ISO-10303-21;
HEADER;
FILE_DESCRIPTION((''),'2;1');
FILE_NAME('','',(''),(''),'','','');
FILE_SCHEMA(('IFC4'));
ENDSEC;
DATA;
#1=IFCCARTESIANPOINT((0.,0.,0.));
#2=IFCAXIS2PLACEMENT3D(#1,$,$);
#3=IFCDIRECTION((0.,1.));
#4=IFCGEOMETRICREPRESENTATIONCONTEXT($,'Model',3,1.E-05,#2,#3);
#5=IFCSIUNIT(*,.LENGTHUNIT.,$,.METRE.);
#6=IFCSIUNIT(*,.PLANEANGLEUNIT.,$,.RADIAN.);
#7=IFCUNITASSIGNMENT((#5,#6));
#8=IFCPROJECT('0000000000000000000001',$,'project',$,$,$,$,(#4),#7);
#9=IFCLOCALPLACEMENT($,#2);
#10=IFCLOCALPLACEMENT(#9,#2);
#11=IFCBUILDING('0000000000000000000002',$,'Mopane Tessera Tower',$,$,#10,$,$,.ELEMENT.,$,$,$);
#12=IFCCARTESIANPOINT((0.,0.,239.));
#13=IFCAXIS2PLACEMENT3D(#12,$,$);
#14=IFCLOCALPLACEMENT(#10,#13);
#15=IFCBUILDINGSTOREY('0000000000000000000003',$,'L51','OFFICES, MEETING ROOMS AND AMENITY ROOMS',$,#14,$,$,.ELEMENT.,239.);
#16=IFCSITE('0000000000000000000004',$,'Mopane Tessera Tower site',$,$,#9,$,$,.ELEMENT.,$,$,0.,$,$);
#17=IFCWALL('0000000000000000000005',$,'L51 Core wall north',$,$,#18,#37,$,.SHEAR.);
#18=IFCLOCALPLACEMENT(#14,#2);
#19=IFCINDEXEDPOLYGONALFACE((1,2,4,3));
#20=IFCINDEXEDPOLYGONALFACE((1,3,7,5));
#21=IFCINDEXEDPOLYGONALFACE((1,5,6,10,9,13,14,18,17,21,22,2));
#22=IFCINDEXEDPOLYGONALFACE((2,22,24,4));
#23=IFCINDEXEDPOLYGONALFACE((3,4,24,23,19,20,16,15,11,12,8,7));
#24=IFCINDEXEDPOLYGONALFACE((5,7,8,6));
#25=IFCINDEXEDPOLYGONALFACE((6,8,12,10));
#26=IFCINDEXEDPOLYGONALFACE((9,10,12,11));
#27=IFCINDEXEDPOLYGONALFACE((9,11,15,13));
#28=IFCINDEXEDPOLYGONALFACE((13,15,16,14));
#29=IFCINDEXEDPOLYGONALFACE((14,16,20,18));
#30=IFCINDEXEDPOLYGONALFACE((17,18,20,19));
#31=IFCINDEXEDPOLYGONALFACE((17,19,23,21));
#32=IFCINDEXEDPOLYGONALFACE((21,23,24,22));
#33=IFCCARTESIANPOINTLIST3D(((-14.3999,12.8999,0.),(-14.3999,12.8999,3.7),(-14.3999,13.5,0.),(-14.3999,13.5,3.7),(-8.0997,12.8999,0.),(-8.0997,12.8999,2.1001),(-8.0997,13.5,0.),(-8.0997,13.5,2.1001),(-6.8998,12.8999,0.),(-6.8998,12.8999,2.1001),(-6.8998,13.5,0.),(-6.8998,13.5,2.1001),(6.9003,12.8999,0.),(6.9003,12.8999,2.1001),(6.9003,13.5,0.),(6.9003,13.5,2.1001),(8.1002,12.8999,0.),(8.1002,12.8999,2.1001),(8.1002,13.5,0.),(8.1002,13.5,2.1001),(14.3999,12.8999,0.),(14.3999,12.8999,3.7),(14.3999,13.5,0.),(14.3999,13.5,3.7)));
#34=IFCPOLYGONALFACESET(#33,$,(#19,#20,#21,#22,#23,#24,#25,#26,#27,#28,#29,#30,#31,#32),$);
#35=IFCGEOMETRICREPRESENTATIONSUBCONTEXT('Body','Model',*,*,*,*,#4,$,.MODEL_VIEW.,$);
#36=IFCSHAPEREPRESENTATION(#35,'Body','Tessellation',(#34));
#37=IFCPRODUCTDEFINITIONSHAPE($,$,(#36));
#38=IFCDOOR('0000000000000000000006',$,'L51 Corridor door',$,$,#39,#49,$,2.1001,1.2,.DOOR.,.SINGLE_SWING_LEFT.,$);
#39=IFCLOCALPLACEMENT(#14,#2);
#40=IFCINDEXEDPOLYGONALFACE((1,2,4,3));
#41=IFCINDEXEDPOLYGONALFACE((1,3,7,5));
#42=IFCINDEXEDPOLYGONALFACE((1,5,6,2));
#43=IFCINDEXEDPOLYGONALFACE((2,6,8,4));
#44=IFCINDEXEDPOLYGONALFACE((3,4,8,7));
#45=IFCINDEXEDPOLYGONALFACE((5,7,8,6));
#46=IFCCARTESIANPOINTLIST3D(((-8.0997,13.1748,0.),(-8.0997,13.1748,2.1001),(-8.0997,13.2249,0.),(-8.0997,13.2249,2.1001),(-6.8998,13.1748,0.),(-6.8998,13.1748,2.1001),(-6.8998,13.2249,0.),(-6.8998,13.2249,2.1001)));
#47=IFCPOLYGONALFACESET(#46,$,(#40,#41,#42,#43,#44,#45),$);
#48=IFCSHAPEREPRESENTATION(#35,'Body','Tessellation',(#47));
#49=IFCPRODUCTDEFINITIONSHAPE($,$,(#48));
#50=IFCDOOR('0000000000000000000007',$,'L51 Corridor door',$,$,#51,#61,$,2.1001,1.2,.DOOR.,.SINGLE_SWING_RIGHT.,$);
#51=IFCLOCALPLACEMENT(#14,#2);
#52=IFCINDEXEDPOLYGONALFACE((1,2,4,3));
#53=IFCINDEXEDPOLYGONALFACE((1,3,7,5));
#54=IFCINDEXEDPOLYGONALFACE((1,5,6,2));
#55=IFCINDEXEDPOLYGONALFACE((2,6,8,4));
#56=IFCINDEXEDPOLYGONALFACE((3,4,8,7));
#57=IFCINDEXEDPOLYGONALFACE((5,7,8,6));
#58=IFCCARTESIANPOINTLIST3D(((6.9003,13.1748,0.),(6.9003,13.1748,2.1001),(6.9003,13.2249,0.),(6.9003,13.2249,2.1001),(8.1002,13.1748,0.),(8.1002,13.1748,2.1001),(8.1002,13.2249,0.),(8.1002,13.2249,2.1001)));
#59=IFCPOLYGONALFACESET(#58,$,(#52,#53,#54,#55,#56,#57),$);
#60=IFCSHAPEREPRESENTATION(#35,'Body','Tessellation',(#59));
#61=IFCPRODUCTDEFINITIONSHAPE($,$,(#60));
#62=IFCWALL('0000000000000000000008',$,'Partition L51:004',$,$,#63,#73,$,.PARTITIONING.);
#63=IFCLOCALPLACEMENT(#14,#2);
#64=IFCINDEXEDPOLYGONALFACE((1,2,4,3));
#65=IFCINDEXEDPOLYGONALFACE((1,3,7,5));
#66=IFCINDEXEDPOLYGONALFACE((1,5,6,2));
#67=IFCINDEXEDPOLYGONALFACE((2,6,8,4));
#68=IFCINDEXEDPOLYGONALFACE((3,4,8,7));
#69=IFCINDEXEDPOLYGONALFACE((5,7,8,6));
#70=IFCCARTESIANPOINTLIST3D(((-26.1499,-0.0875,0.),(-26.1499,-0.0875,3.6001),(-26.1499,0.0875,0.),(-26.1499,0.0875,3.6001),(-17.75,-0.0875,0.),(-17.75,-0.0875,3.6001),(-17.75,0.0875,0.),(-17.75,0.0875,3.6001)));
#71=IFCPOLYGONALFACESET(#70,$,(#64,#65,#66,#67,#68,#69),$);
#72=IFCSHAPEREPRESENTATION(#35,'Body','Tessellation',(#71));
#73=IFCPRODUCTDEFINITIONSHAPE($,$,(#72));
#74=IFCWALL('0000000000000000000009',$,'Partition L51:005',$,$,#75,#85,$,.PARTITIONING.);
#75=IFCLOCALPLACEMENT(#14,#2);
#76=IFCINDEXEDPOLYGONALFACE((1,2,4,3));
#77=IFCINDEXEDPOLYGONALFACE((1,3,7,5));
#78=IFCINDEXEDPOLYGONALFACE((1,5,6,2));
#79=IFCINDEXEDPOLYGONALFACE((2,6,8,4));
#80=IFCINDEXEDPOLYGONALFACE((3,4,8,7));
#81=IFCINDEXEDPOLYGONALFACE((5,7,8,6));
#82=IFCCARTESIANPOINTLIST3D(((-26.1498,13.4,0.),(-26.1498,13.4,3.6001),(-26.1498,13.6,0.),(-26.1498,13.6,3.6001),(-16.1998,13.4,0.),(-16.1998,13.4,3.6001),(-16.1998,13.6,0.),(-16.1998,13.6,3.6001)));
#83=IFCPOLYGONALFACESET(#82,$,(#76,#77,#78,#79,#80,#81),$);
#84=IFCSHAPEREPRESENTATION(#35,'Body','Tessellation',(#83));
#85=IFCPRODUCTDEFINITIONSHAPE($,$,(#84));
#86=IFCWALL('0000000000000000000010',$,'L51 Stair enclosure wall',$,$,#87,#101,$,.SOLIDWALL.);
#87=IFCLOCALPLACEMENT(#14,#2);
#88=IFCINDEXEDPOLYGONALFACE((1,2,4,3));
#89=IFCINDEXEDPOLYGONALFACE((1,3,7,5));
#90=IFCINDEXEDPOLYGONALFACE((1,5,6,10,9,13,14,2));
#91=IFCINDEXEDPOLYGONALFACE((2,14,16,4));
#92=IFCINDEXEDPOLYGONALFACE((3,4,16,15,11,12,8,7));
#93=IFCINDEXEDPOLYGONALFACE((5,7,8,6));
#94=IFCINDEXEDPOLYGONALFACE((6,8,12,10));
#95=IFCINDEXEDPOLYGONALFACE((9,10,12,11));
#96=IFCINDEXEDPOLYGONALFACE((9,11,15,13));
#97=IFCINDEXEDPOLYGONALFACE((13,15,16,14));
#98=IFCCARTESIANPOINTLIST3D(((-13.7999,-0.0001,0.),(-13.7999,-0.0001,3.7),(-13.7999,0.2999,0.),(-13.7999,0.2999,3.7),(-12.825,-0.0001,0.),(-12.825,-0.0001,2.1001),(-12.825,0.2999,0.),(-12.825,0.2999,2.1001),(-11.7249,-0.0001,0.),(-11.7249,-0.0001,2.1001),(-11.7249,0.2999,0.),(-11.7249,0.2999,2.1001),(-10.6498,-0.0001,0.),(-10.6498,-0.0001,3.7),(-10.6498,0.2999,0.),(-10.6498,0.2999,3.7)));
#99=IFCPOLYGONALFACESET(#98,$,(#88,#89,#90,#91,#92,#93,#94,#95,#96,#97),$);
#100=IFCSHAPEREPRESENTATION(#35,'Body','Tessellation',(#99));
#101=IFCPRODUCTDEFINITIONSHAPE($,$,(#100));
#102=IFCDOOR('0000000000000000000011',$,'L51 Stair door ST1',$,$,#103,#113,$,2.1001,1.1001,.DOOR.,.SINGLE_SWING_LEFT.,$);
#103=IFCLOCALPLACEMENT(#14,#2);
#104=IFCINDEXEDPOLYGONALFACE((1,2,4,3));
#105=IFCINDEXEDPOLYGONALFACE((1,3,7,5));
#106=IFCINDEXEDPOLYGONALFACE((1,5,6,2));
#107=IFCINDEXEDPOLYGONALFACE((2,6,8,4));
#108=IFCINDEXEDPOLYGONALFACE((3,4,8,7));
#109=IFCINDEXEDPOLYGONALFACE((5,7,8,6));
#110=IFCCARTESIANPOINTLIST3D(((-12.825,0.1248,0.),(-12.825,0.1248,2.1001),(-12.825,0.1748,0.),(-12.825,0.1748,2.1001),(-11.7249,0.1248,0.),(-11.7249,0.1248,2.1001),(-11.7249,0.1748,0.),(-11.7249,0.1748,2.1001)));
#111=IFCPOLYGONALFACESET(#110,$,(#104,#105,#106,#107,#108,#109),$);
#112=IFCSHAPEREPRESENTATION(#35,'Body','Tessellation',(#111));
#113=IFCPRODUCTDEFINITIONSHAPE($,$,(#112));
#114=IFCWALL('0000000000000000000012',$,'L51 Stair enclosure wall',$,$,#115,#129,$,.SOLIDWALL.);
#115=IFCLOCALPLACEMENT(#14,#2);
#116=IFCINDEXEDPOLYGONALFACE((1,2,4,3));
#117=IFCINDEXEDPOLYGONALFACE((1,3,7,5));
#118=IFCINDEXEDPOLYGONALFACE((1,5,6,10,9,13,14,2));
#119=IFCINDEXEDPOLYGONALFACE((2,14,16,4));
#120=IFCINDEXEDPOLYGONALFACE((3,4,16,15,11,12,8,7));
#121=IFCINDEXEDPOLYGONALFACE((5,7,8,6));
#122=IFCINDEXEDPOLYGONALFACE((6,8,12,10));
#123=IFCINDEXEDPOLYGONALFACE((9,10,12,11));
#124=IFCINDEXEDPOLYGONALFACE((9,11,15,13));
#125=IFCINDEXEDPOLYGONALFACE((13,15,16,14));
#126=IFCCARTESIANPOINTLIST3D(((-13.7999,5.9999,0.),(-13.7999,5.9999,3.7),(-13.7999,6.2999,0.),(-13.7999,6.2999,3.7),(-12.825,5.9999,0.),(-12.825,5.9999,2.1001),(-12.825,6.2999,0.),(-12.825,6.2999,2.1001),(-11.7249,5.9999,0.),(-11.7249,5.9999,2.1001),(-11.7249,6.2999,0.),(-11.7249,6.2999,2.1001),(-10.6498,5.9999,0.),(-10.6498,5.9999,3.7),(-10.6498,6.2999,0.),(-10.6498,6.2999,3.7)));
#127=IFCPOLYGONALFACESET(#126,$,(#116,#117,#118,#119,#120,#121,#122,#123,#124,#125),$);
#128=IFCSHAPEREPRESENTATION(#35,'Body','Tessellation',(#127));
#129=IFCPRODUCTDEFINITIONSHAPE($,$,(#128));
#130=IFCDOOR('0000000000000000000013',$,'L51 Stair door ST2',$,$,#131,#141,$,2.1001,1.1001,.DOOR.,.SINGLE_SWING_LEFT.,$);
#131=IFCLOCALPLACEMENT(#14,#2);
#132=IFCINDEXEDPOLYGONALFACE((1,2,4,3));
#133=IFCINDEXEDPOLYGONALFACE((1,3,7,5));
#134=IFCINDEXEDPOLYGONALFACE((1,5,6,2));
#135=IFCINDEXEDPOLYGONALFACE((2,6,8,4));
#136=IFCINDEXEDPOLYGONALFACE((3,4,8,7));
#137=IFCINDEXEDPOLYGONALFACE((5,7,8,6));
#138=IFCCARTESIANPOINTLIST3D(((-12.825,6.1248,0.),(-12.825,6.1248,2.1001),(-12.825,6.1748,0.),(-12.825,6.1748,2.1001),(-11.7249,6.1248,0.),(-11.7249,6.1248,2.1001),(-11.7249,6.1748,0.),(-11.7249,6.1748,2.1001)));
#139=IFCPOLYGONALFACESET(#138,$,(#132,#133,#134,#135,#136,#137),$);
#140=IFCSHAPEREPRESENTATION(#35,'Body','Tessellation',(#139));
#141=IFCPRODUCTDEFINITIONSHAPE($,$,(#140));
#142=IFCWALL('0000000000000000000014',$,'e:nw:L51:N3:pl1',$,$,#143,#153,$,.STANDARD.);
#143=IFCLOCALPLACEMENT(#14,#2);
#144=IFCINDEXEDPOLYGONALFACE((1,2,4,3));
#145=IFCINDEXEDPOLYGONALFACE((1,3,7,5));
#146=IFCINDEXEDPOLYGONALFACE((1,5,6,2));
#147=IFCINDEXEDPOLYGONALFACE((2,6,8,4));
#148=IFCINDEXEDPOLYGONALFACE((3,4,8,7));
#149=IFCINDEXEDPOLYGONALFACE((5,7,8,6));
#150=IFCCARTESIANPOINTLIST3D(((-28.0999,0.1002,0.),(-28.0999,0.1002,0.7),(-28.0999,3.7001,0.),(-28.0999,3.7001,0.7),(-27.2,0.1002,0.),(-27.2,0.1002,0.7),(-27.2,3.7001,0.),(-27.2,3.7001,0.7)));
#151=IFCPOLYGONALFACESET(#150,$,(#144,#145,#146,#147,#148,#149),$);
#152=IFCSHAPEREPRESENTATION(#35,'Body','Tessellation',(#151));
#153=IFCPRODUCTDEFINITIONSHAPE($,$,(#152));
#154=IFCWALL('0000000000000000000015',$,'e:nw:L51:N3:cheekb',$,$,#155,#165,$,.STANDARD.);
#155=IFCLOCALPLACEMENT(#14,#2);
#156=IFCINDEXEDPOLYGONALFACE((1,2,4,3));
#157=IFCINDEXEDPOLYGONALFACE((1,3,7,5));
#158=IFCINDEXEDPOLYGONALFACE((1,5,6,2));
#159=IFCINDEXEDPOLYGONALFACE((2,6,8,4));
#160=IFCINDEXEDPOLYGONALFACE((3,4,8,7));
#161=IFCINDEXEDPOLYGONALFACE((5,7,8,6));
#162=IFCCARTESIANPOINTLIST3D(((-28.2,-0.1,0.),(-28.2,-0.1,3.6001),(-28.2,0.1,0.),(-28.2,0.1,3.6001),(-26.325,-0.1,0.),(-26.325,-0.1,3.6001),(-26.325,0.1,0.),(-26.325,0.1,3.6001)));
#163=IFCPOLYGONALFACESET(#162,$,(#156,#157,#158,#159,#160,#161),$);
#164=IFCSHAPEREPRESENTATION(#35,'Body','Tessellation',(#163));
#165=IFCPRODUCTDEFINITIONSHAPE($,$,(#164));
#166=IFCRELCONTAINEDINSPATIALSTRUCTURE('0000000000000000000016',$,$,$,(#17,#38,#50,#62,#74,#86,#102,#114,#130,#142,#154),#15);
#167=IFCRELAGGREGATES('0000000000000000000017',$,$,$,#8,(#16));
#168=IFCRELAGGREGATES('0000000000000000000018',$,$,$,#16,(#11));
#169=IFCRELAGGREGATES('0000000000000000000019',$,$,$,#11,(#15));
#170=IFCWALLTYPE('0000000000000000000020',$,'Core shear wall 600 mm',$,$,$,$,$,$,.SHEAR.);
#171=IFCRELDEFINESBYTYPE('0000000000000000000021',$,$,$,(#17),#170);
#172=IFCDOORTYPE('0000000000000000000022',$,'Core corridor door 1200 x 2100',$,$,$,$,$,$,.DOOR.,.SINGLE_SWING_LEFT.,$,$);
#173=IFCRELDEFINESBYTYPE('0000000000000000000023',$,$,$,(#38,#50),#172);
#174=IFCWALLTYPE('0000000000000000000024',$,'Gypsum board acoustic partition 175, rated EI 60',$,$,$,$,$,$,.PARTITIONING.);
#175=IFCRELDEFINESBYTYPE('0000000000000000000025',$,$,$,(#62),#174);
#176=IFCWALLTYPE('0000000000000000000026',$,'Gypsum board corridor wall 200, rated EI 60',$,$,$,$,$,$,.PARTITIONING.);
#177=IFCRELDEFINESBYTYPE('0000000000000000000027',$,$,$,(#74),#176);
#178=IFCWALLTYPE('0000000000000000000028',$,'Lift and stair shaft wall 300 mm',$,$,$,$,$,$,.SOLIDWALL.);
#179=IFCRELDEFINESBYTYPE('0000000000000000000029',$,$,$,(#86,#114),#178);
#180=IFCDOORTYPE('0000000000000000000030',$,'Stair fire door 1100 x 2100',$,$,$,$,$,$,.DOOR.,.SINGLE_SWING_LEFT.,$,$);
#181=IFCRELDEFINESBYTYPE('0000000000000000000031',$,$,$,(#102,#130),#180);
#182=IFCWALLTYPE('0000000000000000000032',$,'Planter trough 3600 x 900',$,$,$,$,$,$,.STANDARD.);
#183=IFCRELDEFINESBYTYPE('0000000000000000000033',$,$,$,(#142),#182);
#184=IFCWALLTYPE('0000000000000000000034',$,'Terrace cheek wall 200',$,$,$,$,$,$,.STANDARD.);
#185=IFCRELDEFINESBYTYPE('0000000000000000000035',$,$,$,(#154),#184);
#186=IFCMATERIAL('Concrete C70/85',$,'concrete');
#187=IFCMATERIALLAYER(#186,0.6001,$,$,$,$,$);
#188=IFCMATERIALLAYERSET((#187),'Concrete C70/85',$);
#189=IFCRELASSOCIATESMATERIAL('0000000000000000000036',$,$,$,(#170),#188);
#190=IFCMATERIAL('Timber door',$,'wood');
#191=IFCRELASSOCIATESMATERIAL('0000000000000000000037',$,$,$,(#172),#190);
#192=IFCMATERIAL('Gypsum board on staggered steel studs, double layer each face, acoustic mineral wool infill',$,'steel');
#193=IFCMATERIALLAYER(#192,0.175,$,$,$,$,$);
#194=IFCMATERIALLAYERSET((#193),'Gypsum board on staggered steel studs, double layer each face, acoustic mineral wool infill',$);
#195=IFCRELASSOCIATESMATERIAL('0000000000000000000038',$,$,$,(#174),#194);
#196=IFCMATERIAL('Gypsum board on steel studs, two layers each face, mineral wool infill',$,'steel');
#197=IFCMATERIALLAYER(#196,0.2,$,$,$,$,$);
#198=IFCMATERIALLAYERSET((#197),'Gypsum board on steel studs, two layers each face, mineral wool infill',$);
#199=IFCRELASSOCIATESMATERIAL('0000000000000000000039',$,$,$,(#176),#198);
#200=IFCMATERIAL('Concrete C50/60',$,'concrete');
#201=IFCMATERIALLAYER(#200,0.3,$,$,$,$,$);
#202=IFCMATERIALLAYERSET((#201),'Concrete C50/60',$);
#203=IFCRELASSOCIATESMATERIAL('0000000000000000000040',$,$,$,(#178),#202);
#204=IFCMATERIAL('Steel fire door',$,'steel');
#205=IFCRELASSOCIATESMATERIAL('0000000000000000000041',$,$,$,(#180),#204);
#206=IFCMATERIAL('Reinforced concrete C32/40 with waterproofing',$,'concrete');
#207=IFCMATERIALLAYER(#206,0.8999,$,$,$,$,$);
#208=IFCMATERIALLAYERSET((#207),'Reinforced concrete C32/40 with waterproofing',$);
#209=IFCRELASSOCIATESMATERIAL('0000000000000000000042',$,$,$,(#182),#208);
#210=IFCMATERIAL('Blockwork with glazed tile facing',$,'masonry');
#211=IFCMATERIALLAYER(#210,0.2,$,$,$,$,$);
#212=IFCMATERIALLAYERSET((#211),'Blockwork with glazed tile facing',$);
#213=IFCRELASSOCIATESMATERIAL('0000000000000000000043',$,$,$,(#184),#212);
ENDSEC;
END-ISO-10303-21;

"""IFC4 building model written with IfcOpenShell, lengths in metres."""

from ifc_helpers import new_model, si_unit, direction, frame, frame_2d, origin, place, context, subcontext, project, spatial, rectangle, extrude, material, layer, layer_set, type_object, element, fill, save


model = new_model("IFC4")

# Units and contexts
model_context = context("Model", 3, precision=1e-05, world=origin(), true_north=direction((0.0, 1.0)))
body_context = subcontext(model_context, "Body", "Model", "MODEL_VIEW")
ifc_project = project(units=[si_unit("LENGTHUNIT", "METRE"), si_unit("PLANEANGLEUNIT", "RADIAN")], contexts=[model_context])

# Site, building, storey
site_placement = place(None, origin())
site = spatial("IfcSite", under=ifc_project, at=site_placement, Name="Mopane Tessera Tower site", CompositionType="ELEMENT", RefElevation=0.0)
building_placement = place(site_placement, origin())
building = spatial("IfcBuilding", under=site, at=building_placement, Name="Mopane Tessera Tower", CompositionType="ELEMENT")
storey_placement = place(building_placement, frame((0.0, 0.0, 239.0)))
storey = spatial("IfcBuildingStorey", under=building, at=storey_placement, Name="L51", Description="OFFICES, MEETING ROOMS AND AMENITY ROOMS", CompositionType="ELEMENT", Elevation=239.0)

# Wall, openings, doors
ifc_material_1 = material(Name="Concrete C70/85", Category="concrete")
ifc_layer_1 = layer(ifc_material_1, 0.6001)
ifc_layer_set_1 = layer_set([ifc_layer_1], Name="Concrete C70/85")
wall_type_1 = type_object("IfcWallType", Name="Core shear wall 600 mm", PredefinedType="SHEAR", material=ifc_layer_set_1)
wall_1_placement = place(storey_placement, frame((-14.3999, 13.2, 0.0), z_axis=(0.0, 0.0, 1.0), x_axis=(1.0, 0.0, 0.0)))
wall_1 = element("IfcWall", 1, at=wall_1_placement, inside=storey, type_object=wall_type_1, Name="L51 Core wall north", PredefinedType="SHEAR", context=body_context, shape_type="SweptSolid", body=[
    extrude(rectangle(XDim=28.7998, YDim=0.6001, at=frame_2d((14.3999, 0.0))), origin(), (0.0, 0.0, 1.0), 3.7),
])
opening_1_placement = place(wall_1_placement, frame((6.3, 0.0, 0.0)))
opening_1 = element("IfcOpeningElement", 2, at=opening_1_placement, cuts=wall_1, PredefinedType="OPENING", context=body_context, shape_type="SweptSolid", body=[
    extrude(rectangle(XDim=1.2, YDim=2.1001, at=frame_2d((0.6001, 1.05))), frame((0.0, 0.312, 0.0), z_axis=(0.0, -1.0, 0.0), x_axis=(1.0, 0.0, 0.0)), (0.0, 0.0, 1.0), 0.624),
])
opening_2_placement = place(wall_1_placement, frame((21.3, 0.0, 0.0)))
opening_2 = element("IfcOpeningElement", 3, at=opening_2_placement, cuts=wall_1, PredefinedType="OPENING", context=body_context, shape_type="SweptSolid", body=[
    extrude(rectangle(XDim=1.2, YDim=2.1001, at=frame_2d((0.6001, 1.05))), frame((0.0, 0.312, 0.0), z_axis=(0.0, -1.0, 0.0), x_axis=(1.0, 0.0, 0.0)), (0.0, 0.0, 1.0), 0.624),
])
ifc_material_2 = material(Name="Timber door", Category="wood")
door_type_1 = type_object("IfcDoorType", Name="Core corridor door 1200 x 2100", OperationType="SINGLE_SWING_LEFT", PredefinedType="DOOR", material=ifc_material_2)
door_1_placement = place(opening_1_placement, origin())
door_1 = element("IfcDoor", 4, at=door_1_placement, inside=storey, type_object=door_type_1, Name="L51 Corridor door", OperationType="SINGLE_SWING_LEFT", OverallHeight=2.1001, OverallWidth=1.2, PredefinedType="DOOR", context=body_context, shape_type="SweptSolid", body=[
    extrude(rectangle(XDim=1.2, YDim=2.1001, at=frame_2d((0.6001, 1.05))), frame((0.0, 0.0249, 0.0), z_axis=(0.0, -1.0, 0.0), x_axis=(1.0, 0.0, 0.0)), (0.0, 0.0, 1.0), 0.05),
])
fill(opening_1, door_1)
door_2_placement = place(opening_2_placement, origin())
door_2 = element("IfcDoor", 5, at=door_2_placement, inside=storey, type_object=door_type_1, Name="L51 Corridor door", OperationType="SINGLE_SWING_RIGHT", OverallHeight=2.1001, OverallWidth=1.2, PredefinedType="DOOR", context=body_context, shape_type="SweptSolid", body=[
    extrude(rectangle(XDim=1.2, YDim=2.1001, at=frame_2d((0.6001, 1.05))), frame((0.0, 0.0249, 0.0), z_axis=(0.0, -1.0, 0.0), x_axis=(1.0, 0.0, 0.0)), (0.0, 0.0, 1.0), 0.05),
])
fill(opening_2, door_2)

# Walls
ifc_material_3 = material(Name="Gypsum board on staggered steel studs, double layer each face, acoustic mineral wool infill", Category="steel")
ifc_layer_2 = layer(ifc_material_3, 0.175)
ifc_layer_set_2 = layer_set([ifc_layer_2], Name="Gypsum board on staggered steel studs, double layer each face, acoustic mineral wool infill")
wall_type_2 = type_object("IfcWallType", Name="Gypsum board acoustic partition 175, rated EI 60", PredefinedType="PARTITIONING", material=ifc_layer_set_2)
wall_2_placement = place(storey_placement, frame((-26.1499, 0.0, 0.0), z_axis=(0.0, 0.0, 1.0), x_axis=(1.0, 0.0, 0.0)))
element("IfcWall", 6, at=wall_2_placement, inside=storey, type_object=wall_type_2, Name="Partition L51:004", PredefinedType="PARTITIONING", context=body_context, shape_type="SweptSolid", body=[
    extrude(rectangle(XDim=8.3999, YDim=0.175, at=frame_2d((4.2, 0.0))), origin(), (0.0, 0.0, 1.0), 3.6001),
])
ifc_material_4 = material(Name="Gypsum board on steel studs, two layers each face, mineral wool infill", Category="steel")
ifc_layer_3 = layer(ifc_material_4, 0.2)
ifc_layer_set_3 = layer_set([ifc_layer_3], Name="Gypsum board on steel studs, two layers each face, mineral wool infill")
wall_type_3 = type_object("IfcWallType", Name="Gypsum board corridor wall 200, rated EI 60", PredefinedType="PARTITIONING", material=ifc_layer_set_3)
wall_3_placement = place(storey_placement, frame((-26.1499, 13.5, 0.0), z_axis=(0.0, 0.0, 1.0), x_axis=(1.0, 0.0, 0.0)))
element("IfcWall", 7, at=wall_3_placement, inside=storey, type_object=wall_type_3, Name="Partition L51:005", PredefinedType="PARTITIONING", context=body_context, shape_type="SweptSolid", body=[
    extrude(rectangle(XDim=9.95, YDim=0.2, at=frame_2d((4.9751, 0.0))), origin(), (0.0, 0.0, 1.0), 3.6001),
])

# Walls, openings, doors
ifc_material_5 = material(Name="Concrete C50/60", Category="concrete")
ifc_layer_4 = layer(ifc_material_5, 0.3)
ifc_layer_set_4 = layer_set([ifc_layer_4], Name="Concrete C50/60")
wall_type_4 = type_object("IfcWallType", Name="Lift and stair shaft wall 300 mm", PredefinedType="SOLIDWALL", material=ifc_layer_set_4)
wall_4_placement = place(storey_placement, frame((-13.8, 0.1499, 0.0), z_axis=(0.0, 0.0, 1.0), x_axis=(1.0, 0.0, 0.0)))
wall_4 = element("IfcWall", 8, at=wall_4_placement, inside=storey, type_object=wall_type_4, Name="L51 Stair enclosure wall", PredefinedType="SOLIDWALL", context=body_context, shape_type="SweptSolid", body=[
    extrude(rectangle(XDim=3.1501, YDim=0.3, at=frame_2d((1.5752, 0.0))), origin(), (0.0, 0.0, 1.0), 3.7),
])
opening_3_placement = place(wall_4_placement, frame((0.9751, 0.0, 0.0)))
opening_3 = element("IfcOpeningElement", 9, at=opening_3_placement, cuts=wall_4, PredefinedType="OPENING", context=body_context, shape_type="SweptSolid", body=[
    extrude(rectangle(XDim=1.1001, YDim=2.1001, at=frame_2d((0.55, 1.05))), frame((0.0, 0.1621, 0.0), z_axis=(0.0, -1.0, 0.0), x_axis=(1.0, 0.0, 0.0)), (0.0, 0.0, 1.0), 0.324),
])
ifc_material_6 = material(Name="Steel fire door", Category="steel")
door_type_2 = type_object("IfcDoorType", Name="Stair fire door 1100 x 2100", OperationType="SINGLE_SWING_LEFT", PredefinedType="DOOR", material=ifc_material_6)
door_3_placement = place(opening_3_placement, origin())
door_3 = element("IfcDoor", 10, at=door_3_placement, inside=storey, type_object=door_type_2, Name="L51 Stair door ST1", OperationType="SINGLE_SWING_LEFT", OverallHeight=2.1001, OverallWidth=1.1001, PredefinedType="DOOR", context=body_context, shape_type="SweptSolid", body=[
    extrude(rectangle(XDim=1.1001, YDim=2.1001, at=frame_2d((0.55, 1.05))), frame((0.0, 0.0249, 0.0), z_axis=(0.0, -1.0, 0.0), x_axis=(1.0, 0.0, 0.0)), (0.0, 0.0, 1.0), 0.05),
])
fill(opening_3, door_3)
wall_5_placement = place(storey_placement, frame((-13.8, 6.1499, 0.0), z_axis=(0.0, 0.0, 1.0), x_axis=(1.0, 0.0, 0.0)))
wall_5 = element("IfcWall", 11, at=wall_5_placement, inside=storey, type_object=wall_type_4, Name="L51 Stair enclosure wall", PredefinedType="SOLIDWALL", context=body_context, shape_type="SweptSolid", body=[
    extrude(rectangle(XDim=3.1501, YDim=0.3, at=frame_2d((1.5752, 0.0))), origin(), (0.0, 0.0, 1.0), 3.7),
])
opening_4_placement = place(wall_5_placement, frame((0.9751, 0.0, 0.0)))
opening_4 = element("IfcOpeningElement", 12, at=opening_4_placement, cuts=wall_5, PredefinedType="OPENING", context=body_context, shape_type="SweptSolid", body=[
    extrude(rectangle(XDim=1.1001, YDim=2.1001, at=frame_2d((0.55, 1.05))), frame((0.0, 0.1621, 0.0), z_axis=(0.0, -1.0, 0.0), x_axis=(1.0, 0.0, 0.0)), (0.0, 0.0, 1.0), 0.324),
])
door_4_placement = place(opening_4_placement, origin())
door_4 = element("IfcDoor", 13, at=door_4_placement, inside=storey, type_object=door_type_2, Name="L51 Stair door ST2", OperationType="SINGLE_SWING_LEFT", OverallHeight=2.1001, OverallWidth=1.1001, PredefinedType="DOOR", context=body_context, shape_type="SweptSolid", body=[
    extrude(rectangle(XDim=1.1001, YDim=2.1001, at=frame_2d((0.55, 1.05))), frame((0.0, 0.0249, 0.0), z_axis=(0.0, -1.0, 0.0), x_axis=(1.0, 0.0, 0.0)), (0.0, 0.0, 1.0), 0.05),
])
fill(opening_4, door_4)

# Walls
ifc_material_7 = material(Name="Reinforced concrete C32/40 with waterproofing", Category="concrete")
ifc_layer_5 = layer(ifc_material_7, 0.8999)
ifc_layer_set_5 = layer_set([ifc_layer_5], Name="Reinforced concrete C32/40 with waterproofing")
wall_type_5 = type_object("IfcWallType", Name="Planter trough 3600 x 900", PredefinedType="STANDARD", material=ifc_layer_set_5)
wall_6_placement = place(storey_placement, frame((-27.6499, 3.7, 0.0), z_axis=(0.0, 0.0, 1.0), x_axis=(0.0, -1.0, 0.0)))
element("IfcWall", 14, at=wall_6_placement, inside=storey, type_object=wall_type_5, Name="e:nw:L51:N3:pl1", PredefinedType="STANDARD", context=body_context, shape_type="SweptSolid", body=[
    extrude(rectangle(XDim=3.5999, YDim=0.8999, at=frame_2d((1.7998, 0.0))), origin(), (0.0, 0.0, 1.0), 0.7),
])
ifc_material_8 = material(Name="Blockwork with glazed tile facing", Category="masonry")
ifc_layer_6 = layer(ifc_material_8, 0.2)
ifc_layer_set_6 = layer_set([ifc_layer_6], Name="Blockwork with glazed tile facing")
wall_type_6 = type_object("IfcWallType", Name="Terrace cheek wall 200", PredefinedType="STANDARD", material=ifc_layer_set_6)
wall_7_placement = place(storey_placement, frame((-28.2, 0.0, 0.0), z_axis=(0.0, 0.0, 1.0), x_axis=(1.0, 0.0, 0.0)))
element("IfcWall", 15, at=wall_7_placement, inside=storey, type_object=wall_type_6, Name="e:nw:L51:N3:cheekb", PredefinedType="STANDARD", context=body_context, shape_type="SweptSolid", body=[
    extrude(rectangle(XDim=1.875, YDim=0.2, at=frame_2d((0.9375, 0.0))), origin(), (0.0, 0.0, 1.0), 3.6001),
])

save(model, "model.ifc")
